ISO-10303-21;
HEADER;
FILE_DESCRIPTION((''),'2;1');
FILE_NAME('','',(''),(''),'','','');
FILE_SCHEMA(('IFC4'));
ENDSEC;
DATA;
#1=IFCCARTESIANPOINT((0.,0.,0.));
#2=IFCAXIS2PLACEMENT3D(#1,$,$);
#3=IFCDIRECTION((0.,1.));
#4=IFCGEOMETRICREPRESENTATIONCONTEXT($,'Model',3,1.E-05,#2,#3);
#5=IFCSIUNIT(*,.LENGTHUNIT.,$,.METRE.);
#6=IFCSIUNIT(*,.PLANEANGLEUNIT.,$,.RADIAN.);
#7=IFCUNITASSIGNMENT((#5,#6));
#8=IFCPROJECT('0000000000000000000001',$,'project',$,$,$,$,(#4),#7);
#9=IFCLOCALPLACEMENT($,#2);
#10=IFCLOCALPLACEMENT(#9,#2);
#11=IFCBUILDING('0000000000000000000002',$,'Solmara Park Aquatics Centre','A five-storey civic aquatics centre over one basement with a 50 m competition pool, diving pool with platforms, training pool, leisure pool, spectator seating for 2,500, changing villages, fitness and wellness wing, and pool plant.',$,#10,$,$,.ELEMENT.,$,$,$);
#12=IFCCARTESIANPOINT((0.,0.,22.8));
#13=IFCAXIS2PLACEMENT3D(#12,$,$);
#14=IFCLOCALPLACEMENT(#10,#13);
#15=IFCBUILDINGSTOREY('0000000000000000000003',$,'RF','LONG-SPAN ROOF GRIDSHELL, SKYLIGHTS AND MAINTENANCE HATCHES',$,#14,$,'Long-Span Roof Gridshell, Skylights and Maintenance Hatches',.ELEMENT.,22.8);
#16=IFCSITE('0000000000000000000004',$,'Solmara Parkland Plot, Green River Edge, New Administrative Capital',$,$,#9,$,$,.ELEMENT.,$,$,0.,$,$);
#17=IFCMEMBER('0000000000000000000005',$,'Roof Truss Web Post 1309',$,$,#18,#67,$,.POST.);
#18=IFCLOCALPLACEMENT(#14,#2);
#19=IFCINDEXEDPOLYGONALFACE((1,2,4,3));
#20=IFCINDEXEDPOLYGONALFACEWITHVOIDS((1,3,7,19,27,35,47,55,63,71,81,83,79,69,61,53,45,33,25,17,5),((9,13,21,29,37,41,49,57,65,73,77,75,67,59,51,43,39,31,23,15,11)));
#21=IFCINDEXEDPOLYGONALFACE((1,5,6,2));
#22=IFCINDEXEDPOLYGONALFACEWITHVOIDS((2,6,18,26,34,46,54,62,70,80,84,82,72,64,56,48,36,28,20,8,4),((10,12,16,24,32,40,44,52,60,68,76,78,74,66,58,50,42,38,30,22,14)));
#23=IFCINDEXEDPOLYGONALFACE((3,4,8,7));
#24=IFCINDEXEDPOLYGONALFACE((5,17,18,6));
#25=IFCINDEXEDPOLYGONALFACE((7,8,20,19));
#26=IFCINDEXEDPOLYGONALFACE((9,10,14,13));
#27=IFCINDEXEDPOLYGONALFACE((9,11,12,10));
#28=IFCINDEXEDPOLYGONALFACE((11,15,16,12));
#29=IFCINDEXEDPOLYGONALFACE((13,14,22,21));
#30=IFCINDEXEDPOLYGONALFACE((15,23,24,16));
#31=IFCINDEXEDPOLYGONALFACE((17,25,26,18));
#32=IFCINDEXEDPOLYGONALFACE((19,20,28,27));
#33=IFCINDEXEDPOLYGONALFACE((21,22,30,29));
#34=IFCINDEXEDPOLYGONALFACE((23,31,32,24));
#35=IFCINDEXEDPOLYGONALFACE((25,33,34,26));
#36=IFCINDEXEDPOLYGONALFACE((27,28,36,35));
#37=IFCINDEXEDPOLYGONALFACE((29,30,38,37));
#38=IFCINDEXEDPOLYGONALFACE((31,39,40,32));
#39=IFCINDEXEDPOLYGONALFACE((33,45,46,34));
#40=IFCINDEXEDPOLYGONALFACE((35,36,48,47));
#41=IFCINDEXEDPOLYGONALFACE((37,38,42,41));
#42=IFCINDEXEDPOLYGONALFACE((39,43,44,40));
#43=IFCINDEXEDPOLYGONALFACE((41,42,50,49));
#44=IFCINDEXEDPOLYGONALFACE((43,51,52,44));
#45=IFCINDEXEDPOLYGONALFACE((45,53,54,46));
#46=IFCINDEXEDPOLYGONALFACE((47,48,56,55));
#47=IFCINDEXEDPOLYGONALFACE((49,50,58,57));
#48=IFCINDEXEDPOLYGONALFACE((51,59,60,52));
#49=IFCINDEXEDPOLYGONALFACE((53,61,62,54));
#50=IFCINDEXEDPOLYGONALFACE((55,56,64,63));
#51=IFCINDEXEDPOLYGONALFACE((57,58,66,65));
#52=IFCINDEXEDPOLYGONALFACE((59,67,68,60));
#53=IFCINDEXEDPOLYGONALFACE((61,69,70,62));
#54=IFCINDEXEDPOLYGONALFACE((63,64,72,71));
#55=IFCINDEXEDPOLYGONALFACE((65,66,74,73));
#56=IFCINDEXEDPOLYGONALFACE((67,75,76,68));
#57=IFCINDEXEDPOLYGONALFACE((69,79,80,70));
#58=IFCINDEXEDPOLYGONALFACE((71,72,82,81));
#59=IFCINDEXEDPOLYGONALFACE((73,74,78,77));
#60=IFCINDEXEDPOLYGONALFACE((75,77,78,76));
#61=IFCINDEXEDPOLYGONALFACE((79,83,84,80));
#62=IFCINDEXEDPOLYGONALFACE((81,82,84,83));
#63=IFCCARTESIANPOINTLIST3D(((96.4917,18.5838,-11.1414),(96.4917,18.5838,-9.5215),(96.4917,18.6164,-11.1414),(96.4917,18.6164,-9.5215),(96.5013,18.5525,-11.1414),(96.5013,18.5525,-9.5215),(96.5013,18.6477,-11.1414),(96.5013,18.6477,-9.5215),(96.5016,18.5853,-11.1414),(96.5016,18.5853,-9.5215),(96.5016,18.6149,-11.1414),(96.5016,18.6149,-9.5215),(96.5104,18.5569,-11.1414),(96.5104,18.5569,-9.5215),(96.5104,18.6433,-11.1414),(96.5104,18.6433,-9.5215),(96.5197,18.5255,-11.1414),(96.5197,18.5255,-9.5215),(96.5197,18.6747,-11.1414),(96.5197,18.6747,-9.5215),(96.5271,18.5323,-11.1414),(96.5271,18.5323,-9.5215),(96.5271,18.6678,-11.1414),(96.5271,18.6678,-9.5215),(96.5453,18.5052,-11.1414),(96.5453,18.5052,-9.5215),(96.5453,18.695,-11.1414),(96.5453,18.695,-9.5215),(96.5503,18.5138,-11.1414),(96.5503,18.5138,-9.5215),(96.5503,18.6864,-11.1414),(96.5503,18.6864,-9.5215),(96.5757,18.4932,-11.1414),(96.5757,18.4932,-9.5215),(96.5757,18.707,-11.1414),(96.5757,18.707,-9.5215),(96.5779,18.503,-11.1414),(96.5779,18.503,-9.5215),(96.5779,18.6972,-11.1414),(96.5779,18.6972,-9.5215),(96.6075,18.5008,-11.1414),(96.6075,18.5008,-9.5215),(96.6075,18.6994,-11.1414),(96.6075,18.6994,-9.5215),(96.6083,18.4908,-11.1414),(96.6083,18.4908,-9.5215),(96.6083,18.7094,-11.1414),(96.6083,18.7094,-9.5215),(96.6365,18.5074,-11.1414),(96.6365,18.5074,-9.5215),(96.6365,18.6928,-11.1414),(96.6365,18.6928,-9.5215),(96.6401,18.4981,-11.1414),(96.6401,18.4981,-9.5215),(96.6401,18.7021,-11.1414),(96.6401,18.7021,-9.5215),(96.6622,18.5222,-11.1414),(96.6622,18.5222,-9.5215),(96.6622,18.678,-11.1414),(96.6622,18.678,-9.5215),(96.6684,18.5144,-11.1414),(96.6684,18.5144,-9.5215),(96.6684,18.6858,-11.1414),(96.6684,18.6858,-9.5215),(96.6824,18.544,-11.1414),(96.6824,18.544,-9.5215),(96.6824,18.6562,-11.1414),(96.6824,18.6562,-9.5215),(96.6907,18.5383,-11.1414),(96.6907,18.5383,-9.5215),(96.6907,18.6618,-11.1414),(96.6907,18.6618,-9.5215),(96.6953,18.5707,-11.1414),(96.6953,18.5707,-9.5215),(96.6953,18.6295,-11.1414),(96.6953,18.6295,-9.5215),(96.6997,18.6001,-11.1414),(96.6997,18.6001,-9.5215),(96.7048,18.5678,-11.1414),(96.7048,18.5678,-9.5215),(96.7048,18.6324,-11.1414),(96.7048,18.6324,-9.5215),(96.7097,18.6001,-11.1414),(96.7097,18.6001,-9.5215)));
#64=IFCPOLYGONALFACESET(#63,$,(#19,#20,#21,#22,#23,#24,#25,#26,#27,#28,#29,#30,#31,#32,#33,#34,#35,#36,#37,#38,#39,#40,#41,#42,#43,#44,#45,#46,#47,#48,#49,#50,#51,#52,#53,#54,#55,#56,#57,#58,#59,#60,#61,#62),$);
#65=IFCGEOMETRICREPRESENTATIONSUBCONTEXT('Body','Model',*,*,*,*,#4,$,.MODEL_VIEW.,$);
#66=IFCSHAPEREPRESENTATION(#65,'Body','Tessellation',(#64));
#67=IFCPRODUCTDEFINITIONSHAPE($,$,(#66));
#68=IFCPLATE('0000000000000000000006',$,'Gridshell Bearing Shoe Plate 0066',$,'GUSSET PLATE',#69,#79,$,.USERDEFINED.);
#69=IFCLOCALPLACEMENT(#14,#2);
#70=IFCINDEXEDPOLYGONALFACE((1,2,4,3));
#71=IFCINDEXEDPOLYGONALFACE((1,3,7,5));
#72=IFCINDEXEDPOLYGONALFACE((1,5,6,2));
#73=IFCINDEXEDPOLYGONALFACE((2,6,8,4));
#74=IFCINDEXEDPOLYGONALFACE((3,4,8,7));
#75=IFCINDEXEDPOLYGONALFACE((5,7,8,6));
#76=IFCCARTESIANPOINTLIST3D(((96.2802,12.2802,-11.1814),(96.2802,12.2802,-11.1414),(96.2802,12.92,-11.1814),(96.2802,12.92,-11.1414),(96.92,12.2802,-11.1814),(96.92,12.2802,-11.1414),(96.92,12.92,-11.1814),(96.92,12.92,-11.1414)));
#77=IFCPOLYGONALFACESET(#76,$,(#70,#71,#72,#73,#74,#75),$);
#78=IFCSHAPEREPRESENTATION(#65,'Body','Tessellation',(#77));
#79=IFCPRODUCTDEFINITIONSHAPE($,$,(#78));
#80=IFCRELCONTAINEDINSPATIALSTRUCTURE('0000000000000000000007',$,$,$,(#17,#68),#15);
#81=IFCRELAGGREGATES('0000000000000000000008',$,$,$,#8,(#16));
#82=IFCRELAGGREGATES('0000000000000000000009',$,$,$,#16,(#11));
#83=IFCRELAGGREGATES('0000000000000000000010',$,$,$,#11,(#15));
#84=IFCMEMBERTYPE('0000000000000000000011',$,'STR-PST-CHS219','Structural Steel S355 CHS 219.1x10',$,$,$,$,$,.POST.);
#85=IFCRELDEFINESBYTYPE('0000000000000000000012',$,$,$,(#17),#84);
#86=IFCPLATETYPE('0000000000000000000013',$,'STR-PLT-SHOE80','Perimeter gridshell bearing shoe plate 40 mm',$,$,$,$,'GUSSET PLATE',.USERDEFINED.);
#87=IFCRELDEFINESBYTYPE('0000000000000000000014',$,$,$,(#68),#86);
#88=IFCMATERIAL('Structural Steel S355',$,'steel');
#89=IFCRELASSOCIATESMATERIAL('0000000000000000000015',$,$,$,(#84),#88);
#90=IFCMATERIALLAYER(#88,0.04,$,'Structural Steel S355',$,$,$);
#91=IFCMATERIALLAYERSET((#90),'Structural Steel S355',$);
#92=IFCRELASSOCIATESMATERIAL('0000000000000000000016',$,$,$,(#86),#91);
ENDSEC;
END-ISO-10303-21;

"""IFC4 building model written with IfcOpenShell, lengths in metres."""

from ifc_helpers import new_model, si_unit, direction, frame, origin, origin_2d, place, context, subcontext, project, spatial, rectangle, hollow_circle, extrude, material, layer, layer_set, material_profile, profile_set, type_object, element, save


model = new_model("IFC4")

# Units and contexts
model_context = context("Model", 3, precision=1e-05, world=origin(), true_north=direction((0.0, 1.0)))
body_context = subcontext(model_context, "Body", "Model", "MODEL_VIEW")
ifc_project = project(units=[si_unit("LENGTHUNIT", "METRE"), si_unit("PLANEANGLEUNIT", "RADIAN")], contexts=[model_context])

# Site, building, storey
site_placement = place(None, origin())
site = spatial("IfcSite", under=ifc_project, at=site_placement, Name="Solmara Parkland Plot, Green River Edge, New Administrative Capital", CompositionType="ELEMENT", RefElevation=0.0)
building_placement = place(site_placement, origin())
building = spatial("IfcBuilding", under=site, at=building_placement, Name="Solmara Park Aquatics Centre", Description="A five-storey civic aquatics centre over one basement with a 50 m competition pool, diving pool with platforms, training pool, leisure pool, spectator seating for 2,500, changing villages, fitness and wellness wing, and pool plant.", CompositionType="ELEMENT")
storey_placement = place(building_placement, frame((0.0, 0.0, 22.8)))
storey = spatial("IfcBuildingStorey", under=building, at=storey_placement, Name="RF", Description="LONG-SPAN ROOF GRIDSHELL, SKYLIGHTS AND MAINTENANCE HATCHES", LongName="Long-Span Roof Gridshell, Skylights and Maintenance Hatches", CompositionType="ELEMENT", Elevation=22.8)

# Member
ifc_material_1 = material(Name="Structural Steel S355", Category="steel")
ifc_material_profile_1 = material_profile(ifc_material_1, hollow_circle(Radius=0.1096, WallThickness=0.01, at=origin_2d()), Name="CHS 219.1x10")
ifc_profile_set_1 = profile_set([ifc_material_profile_1], Name="Structural Steel S355")
member_type_1 = type_object("IfcMemberType", Name="STR-PST-CHS219", Description="Structural Steel S355 CHS 219.1x10", PredefinedType="POST", material=ifc_profile_set_1)
for number, where, z_axis, x_axis, name in (
    (1, (96.6001, 18.6001, -11.1414), (0.0, 0.0, 1.0), (1.0, 0.0, 0.0), "Roof Truss Web Post 1309"),
):
    element("IfcMember", number, at=place(storey_placement, frame(where, z_axis=z_axis, x_axis=x_axis)), inside=storey, type_object=member_type_1, Name=name, PredefinedType="POST", context=body_context, shape_type="SweptSolid", body=[
        extrude(hollow_circle(Radius=0.1096, WallThickness=0.01, at=origin_2d()), origin(), (0.0, 0.0, 1.0), 1.6199),
    ])

# Plate
ifc_layer = layer(ifc_material_1, 0.04, Name="Structural Steel S355")
ifc_layer_set = layer_set([ifc_layer], Name="Structural Steel S355")
plate_type = type_object("IfcPlateType", Name="STR-PLT-SHOE80", Description="Perimeter gridshell bearing shoe plate 40 mm", ElementType="GUSSET PLATE", PredefinedType="USERDEFINED", material=ifc_layer_set)
plate_placement = place(storey_placement, frame((96.6001, 12.6001, -11.1814), z_axis=(0.0, 0.0, 1.0), x_axis=(1.0, 0.0, 0.0)))
element("IfcPlate", 2, at=plate_placement, inside=storey, type_object=plate_type, Name="Gridshell Bearing Shoe Plate 0066", ObjectType="GUSSET PLATE", PredefinedType="USERDEFINED", context=body_context, shape_type="SweptSolid", body=[
    extrude(rectangle(XDim=0.6399, YDim=0.6399, at=origin_2d()), origin(), (0.0, 0.0, 1.0), 0.04),
])

save(model, "model.ifc")
